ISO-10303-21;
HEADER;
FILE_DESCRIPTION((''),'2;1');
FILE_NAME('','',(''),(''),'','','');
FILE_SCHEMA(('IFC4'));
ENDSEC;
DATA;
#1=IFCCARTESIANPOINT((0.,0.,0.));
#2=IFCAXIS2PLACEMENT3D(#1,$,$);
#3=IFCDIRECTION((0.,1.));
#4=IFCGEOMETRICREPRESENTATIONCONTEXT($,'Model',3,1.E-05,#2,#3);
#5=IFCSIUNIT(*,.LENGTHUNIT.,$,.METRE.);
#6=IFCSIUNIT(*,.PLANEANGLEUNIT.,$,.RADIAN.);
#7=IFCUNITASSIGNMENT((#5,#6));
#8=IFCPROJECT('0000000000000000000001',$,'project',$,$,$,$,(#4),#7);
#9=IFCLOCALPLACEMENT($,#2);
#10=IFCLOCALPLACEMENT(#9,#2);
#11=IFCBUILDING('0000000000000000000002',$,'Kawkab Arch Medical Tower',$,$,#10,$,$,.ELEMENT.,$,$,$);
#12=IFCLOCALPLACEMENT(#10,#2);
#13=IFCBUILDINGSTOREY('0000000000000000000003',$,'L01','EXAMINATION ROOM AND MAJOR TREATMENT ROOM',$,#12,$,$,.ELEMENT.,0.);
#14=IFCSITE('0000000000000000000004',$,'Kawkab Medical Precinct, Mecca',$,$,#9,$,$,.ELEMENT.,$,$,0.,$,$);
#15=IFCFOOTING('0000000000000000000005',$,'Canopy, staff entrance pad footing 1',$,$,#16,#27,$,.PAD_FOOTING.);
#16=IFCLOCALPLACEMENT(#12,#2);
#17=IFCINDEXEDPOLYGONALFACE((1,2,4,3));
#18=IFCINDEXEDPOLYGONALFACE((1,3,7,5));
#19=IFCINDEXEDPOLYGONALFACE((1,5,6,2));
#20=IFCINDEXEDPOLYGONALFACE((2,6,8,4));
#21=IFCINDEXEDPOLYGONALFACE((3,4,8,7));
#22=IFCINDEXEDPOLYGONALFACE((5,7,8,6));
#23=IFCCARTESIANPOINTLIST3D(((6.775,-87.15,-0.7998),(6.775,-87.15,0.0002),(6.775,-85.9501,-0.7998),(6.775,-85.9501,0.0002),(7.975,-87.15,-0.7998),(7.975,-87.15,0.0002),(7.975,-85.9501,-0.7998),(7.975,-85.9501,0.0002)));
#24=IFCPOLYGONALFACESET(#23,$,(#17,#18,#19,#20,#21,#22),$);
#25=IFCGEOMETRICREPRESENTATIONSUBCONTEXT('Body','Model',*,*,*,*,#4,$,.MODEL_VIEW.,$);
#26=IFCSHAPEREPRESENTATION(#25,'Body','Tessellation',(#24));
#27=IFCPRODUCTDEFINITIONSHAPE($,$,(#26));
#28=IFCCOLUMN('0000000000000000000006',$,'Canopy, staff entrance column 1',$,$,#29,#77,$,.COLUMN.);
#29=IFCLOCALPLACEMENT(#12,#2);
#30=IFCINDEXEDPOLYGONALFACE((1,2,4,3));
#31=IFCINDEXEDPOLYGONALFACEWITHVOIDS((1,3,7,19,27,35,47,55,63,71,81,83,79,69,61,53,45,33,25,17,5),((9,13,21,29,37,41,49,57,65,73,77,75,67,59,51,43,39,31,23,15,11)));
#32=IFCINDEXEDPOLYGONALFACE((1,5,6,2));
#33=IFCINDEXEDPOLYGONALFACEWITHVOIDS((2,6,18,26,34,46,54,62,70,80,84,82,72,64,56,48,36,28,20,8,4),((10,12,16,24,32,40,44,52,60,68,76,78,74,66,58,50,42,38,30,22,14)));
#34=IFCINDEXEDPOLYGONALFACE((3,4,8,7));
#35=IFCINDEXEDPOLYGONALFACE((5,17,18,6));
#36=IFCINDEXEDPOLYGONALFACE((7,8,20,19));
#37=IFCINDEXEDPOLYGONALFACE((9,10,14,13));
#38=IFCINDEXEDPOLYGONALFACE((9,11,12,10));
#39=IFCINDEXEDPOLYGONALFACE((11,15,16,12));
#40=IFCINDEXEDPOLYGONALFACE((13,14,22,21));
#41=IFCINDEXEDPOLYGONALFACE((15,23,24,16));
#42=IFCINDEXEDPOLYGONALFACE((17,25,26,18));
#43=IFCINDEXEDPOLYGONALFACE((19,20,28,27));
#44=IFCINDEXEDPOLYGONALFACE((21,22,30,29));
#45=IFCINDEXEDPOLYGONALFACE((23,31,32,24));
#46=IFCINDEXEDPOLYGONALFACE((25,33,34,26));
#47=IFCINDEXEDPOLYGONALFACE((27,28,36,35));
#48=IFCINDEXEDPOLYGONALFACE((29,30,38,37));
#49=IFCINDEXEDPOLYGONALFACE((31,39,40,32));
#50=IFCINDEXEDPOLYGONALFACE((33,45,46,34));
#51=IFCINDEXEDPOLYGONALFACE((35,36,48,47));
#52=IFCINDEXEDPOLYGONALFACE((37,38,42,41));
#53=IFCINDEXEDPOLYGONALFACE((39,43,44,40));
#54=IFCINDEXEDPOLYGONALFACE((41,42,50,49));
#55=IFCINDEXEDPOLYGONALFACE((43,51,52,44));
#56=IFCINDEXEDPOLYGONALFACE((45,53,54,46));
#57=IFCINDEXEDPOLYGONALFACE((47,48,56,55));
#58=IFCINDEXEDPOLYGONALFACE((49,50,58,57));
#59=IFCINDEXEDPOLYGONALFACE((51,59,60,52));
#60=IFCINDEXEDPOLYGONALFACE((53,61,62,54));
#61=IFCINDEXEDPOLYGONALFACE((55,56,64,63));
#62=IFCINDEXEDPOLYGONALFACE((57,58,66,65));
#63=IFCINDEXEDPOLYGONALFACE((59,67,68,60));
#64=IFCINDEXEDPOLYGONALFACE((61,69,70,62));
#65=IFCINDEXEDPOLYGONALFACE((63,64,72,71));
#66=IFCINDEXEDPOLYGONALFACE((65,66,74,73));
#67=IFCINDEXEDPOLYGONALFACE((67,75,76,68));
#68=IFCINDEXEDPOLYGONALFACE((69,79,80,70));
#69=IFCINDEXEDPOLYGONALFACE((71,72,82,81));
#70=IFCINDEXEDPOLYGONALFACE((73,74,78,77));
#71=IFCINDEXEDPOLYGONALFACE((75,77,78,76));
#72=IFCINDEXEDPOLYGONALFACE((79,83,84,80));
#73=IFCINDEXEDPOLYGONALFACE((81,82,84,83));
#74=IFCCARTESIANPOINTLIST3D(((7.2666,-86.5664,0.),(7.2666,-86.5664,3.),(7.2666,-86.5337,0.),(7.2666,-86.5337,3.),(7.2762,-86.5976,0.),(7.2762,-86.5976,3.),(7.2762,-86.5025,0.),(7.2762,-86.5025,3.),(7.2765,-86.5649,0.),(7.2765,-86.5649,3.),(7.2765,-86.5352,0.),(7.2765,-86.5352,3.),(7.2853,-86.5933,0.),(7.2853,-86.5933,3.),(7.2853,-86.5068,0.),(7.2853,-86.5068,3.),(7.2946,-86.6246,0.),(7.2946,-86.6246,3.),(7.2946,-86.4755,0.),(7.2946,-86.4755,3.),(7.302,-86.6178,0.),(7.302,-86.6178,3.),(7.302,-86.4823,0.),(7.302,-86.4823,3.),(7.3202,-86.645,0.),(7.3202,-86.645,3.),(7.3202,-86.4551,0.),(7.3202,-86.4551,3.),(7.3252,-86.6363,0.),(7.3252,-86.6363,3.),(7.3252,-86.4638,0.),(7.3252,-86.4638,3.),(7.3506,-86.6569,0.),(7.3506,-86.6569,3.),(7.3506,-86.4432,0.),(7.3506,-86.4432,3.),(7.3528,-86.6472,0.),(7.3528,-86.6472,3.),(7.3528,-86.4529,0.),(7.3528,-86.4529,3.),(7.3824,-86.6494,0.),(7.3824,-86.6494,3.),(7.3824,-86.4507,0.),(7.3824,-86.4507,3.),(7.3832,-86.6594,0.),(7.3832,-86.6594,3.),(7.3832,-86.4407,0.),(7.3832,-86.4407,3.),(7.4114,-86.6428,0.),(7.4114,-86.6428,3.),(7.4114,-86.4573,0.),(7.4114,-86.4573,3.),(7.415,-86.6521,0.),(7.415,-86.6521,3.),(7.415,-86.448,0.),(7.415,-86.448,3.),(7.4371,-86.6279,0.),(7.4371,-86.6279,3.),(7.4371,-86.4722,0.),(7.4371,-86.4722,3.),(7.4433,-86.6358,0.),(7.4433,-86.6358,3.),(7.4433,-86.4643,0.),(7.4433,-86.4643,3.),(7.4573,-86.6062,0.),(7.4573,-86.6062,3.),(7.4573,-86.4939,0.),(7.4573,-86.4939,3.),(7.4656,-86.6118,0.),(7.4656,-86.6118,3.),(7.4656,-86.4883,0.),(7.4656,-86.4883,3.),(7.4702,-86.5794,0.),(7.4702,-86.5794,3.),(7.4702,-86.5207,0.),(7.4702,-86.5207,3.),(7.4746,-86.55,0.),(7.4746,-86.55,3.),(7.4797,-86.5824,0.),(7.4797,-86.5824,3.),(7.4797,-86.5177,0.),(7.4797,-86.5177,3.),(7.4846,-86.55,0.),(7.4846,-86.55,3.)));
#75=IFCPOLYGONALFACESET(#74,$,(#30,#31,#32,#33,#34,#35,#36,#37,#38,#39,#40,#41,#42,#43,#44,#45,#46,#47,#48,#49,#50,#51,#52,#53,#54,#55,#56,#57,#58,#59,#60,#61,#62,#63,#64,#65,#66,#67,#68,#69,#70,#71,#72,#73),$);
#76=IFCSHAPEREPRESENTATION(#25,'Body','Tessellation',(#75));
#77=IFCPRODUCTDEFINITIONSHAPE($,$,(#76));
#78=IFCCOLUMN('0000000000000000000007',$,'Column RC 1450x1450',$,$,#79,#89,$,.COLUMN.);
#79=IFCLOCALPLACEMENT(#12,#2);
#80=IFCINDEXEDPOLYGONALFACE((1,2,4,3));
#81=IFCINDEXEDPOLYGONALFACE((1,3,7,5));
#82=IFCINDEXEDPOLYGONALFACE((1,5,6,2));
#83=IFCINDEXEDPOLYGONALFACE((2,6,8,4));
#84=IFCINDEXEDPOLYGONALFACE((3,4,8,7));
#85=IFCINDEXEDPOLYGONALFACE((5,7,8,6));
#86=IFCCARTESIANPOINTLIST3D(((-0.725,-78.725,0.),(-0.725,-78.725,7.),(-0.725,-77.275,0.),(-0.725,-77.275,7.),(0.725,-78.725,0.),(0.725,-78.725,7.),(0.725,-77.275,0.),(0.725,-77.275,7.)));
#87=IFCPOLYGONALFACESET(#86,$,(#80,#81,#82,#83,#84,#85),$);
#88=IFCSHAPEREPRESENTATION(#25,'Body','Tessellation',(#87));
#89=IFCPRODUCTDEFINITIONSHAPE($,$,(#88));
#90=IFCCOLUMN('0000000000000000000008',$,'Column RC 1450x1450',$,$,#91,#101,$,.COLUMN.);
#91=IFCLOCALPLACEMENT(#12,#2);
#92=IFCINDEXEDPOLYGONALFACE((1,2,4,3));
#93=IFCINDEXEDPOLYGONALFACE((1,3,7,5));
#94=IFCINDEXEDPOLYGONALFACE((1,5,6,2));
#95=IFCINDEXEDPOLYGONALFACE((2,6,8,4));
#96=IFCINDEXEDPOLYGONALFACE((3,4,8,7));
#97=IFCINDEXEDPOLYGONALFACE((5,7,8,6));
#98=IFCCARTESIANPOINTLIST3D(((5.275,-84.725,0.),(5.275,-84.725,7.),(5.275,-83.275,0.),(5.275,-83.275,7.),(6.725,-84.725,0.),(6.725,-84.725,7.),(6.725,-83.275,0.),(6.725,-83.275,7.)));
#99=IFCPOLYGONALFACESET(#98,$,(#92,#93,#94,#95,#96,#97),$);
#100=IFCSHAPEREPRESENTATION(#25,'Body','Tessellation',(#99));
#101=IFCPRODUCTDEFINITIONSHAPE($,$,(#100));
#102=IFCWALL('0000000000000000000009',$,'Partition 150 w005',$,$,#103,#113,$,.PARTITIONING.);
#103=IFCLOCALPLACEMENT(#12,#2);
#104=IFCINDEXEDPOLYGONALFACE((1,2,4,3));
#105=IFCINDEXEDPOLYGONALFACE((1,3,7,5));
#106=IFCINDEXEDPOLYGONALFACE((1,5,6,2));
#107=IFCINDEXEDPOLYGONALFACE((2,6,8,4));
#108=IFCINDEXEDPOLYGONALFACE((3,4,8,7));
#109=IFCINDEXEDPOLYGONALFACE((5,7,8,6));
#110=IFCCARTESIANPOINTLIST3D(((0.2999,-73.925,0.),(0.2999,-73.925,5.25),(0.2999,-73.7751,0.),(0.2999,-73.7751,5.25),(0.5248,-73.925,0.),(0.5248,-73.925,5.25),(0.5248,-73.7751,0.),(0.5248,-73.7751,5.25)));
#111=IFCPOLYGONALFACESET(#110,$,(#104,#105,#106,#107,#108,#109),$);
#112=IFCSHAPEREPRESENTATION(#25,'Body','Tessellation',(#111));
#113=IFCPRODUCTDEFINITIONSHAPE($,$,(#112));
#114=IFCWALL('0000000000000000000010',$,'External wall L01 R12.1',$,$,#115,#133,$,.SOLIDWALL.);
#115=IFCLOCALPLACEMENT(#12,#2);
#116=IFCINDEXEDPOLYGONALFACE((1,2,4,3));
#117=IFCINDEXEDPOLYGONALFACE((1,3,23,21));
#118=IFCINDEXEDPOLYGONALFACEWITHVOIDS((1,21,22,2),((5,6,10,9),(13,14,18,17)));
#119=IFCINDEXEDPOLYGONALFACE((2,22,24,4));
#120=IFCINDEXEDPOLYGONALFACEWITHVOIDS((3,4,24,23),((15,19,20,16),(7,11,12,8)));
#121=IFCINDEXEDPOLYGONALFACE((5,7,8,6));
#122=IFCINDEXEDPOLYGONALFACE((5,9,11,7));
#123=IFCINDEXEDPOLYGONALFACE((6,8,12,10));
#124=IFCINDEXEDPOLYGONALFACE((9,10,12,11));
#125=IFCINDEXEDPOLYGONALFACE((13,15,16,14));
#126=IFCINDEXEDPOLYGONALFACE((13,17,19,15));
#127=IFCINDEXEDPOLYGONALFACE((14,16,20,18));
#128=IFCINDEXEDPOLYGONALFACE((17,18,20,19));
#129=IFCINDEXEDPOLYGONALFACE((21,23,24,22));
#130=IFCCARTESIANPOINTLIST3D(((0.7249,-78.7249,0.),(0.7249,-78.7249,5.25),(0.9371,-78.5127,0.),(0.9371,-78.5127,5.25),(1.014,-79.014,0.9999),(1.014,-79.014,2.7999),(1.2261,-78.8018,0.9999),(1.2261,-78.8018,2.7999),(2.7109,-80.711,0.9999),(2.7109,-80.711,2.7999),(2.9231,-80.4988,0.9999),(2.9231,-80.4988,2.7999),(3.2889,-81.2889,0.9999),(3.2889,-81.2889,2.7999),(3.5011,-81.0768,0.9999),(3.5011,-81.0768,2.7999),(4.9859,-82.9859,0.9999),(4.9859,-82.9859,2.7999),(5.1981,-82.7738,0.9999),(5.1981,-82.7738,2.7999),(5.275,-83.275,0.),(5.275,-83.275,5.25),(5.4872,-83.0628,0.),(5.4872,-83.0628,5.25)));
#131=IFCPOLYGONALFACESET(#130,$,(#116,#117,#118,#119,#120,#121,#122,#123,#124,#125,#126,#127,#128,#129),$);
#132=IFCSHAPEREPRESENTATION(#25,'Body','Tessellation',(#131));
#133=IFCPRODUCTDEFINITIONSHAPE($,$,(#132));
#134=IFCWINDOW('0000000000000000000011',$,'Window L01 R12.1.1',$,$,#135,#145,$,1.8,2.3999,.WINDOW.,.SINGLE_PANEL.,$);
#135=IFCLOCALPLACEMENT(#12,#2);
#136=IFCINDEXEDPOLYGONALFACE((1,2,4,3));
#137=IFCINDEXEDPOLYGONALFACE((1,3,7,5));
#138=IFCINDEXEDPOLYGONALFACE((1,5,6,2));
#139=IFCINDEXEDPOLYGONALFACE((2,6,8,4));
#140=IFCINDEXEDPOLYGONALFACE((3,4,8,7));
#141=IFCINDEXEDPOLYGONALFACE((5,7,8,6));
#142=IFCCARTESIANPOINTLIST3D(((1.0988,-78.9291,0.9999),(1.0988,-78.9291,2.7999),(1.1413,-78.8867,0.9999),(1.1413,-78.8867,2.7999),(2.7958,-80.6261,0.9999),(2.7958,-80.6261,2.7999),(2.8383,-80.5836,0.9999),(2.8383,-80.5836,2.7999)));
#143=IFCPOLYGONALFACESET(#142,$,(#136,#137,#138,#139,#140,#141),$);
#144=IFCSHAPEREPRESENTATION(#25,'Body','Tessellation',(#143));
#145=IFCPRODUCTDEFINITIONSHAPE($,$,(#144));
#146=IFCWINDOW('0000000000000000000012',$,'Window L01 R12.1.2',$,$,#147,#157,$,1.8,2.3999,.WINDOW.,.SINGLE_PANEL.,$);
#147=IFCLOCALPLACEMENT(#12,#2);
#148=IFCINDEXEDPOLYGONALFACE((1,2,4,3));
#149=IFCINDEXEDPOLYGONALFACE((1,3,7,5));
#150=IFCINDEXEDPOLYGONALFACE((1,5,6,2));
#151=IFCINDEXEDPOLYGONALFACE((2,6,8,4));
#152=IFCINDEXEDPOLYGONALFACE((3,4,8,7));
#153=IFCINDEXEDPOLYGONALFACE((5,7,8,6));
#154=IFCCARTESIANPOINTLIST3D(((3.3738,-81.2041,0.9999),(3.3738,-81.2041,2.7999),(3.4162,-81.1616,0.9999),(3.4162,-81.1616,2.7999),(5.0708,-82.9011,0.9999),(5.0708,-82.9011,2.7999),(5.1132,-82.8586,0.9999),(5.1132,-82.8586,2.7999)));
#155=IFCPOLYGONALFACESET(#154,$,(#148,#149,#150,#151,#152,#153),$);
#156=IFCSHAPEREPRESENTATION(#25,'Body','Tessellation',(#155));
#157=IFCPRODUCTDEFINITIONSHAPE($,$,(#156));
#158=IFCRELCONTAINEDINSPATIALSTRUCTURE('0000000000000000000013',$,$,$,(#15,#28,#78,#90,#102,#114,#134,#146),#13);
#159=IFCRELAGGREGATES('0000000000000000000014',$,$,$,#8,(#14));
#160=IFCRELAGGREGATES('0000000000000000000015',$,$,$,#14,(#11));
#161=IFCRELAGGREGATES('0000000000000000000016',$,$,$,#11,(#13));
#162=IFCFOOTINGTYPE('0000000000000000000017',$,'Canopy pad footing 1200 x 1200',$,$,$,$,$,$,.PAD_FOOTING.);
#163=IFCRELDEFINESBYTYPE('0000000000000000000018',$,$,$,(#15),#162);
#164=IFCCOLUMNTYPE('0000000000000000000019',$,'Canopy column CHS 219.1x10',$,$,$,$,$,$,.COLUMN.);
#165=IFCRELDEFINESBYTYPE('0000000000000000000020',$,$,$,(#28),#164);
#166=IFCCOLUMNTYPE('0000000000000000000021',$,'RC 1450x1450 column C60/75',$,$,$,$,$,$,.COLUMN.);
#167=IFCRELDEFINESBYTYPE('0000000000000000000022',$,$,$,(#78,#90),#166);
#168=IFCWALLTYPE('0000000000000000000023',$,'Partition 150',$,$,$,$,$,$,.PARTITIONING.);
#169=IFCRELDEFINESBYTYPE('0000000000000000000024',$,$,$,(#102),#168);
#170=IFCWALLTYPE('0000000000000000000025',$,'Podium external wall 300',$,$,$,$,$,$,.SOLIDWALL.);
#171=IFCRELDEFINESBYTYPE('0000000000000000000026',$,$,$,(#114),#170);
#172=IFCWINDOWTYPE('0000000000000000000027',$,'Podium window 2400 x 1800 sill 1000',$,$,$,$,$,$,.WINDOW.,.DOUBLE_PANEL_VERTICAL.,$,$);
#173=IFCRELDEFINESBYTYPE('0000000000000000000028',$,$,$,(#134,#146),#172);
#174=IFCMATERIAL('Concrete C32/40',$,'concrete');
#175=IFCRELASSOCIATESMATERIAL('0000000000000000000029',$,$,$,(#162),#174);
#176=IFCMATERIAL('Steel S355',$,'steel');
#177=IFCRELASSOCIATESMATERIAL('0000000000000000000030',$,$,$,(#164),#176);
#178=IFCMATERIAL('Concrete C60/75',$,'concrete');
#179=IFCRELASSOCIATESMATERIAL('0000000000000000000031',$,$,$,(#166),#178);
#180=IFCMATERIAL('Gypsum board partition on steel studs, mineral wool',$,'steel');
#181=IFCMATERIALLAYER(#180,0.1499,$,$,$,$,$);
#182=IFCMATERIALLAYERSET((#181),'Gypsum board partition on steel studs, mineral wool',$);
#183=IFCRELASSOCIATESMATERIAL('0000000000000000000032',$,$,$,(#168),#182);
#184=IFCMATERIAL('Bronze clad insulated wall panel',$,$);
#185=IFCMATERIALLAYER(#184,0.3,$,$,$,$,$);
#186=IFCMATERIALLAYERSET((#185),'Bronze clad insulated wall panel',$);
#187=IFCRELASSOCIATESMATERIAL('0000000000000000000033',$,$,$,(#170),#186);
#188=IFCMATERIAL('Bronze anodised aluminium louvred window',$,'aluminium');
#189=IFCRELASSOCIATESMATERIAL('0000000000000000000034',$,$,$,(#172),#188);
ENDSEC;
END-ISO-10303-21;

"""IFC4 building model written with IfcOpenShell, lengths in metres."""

from ifc_helpers import new_model, si_unit, direction, frame, frame_2d, origin, origin_2d, place, context, subcontext, project, spatial, rectangle, hollow_circle, extrude, material, layer, layer_set, material_profile, profile_set, type_object, element, fill, save


model = new_model("IFC4")

# Units and contexts
model_context = context("Model", 3, precision=1e-05, world=origin(), true_north=direction((0.0, 1.0)))
body_context = subcontext(model_context, "Body", "Model", "MODEL_VIEW")
ifc_project = project(units=[si_unit("LENGTHUNIT", "METRE"), si_unit("PLANEANGLEUNIT", "RADIAN")], contexts=[model_context])

# Site, building, storey
site_placement = place(None, origin())
site = spatial("IfcSite", under=ifc_project, at=site_placement, Name="Kawkab Medical Precinct, Mecca", CompositionType="ELEMENT", RefElevation=0.0)
building_placement = place(site_placement, origin())
building = spatial("IfcBuilding", under=site, at=building_placement, Name="Kawkab Arch Medical Tower", CompositionType="ELEMENT")
storey_placement = place(building_placement, origin())
storey = spatial("IfcBuildingStorey", under=building, at=storey_placement, Name="L01", Description="EXAMINATION ROOM AND MAJOR TREATMENT ROOM", CompositionType="ELEMENT", Elevation=0.0)

# Footing
ifc_material_1 = material(Name="Concrete C32/40", Category="concrete")
footing_type = type_object("IfcFootingType", Name="Canopy pad footing 1200 x 1200", PredefinedType="PAD_FOOTING", material=ifc_material_1)
footing_placement = place(storey_placement, frame((7.375, -86.55, -0.7998), z_axis=(0.0, 0.0, 1.0), x_axis=(1.0, 0.0, 0.0)))
element("IfcFooting", 1, at=footing_placement, inside=storey, type_object=footing_type, Name="Canopy, staff entrance pad footing 1", PredefinedType="PAD_FOOTING", context=body_context, shape_type="SweptSolid", body=[
    extrude(rectangle(XDim=1.2, YDim=1.2, at=origin_2d()), origin(), (0.0, 0.0, 1.0), 0.8),
])

# Columns
ifc_material_2 = material(Name="Steel S355", Category="steel")
ifc_material_profile_1 = material_profile(ifc_material_2, hollow_circle(Radius=0.1096, WallThickness=0.01, at=origin_2d()), Name="CHS 219.1x10")
ifc_profile_set_1 = profile_set([ifc_material_profile_1], Name="Steel S355")
column_type_1 = type_object("IfcColumnType", Name="Canopy column CHS 219.1x10", PredefinedType="COLUMN", material=ifc_profile_set_1)
column_placement = place(storey_placement, frame((7.375, -86.55, 0.0), z_axis=(0.0, 0.0, 1.0), x_axis=(1.0, 0.0, 0.0)))
element("IfcColumn", 2, at=column_placement, inside=storey, type_object=column_type_1, Name="Canopy, staff entrance column 1", PredefinedType="COLUMN", context=body_context, shape_type="SweptSolid", body=[
    extrude(hollow_circle(Radius=0.1096, WallThickness=0.01, at=origin_2d()), origin(), (0.0, 0.0, 1.0), 3.0),
])
ifc_material_3 = material(Name="Concrete C60/75", Category="concrete")
ifc_material_profile_2 = material_profile(ifc_material_3, rectangle(XDim=1.45, YDim=1.45, at=origin_2d()), Name="RC 1450x1450")
ifc_profile_set_2 = profile_set([ifc_material_profile_2], Name="Concrete C60/75")
column_type_2 = type_object("IfcColumnType", Name="RC 1450x1450 column C60/75", PredefinedType="COLUMN", material=ifc_profile_set_2)
for number, where, z_axis, x_axis, name in (
    (3, (0.0, -78.0, 0.0), (0.0, 0.0, 1.0), (1.0, 0.0, 0.0), "Column RC 1450x1450"),
    (4, (6.0, -84.0, 0.0), (0.0, 0.0, 1.0), (1.0, 0.0, 0.0), "Column RC 1450x1450"),
):
    element("IfcColumn", number, at=place(storey_placement, frame(where, z_axis=z_axis, x_axis=x_axis)), inside=storey, type_object=column_type_2, Name=name, PredefinedType="COLUMN", context=body_context, shape_type="SweptSolid", body=[
        extrude(rectangle(XDim=1.45, YDim=1.45, at=origin_2d()), origin(), (0.0, 0.0, 1.0), 7.0),
    ])

# Wall
ifc_material_4 = material(Name="Gypsum board partition on steel studs, mineral wool", Category="steel")
ifc_layer_1 = layer(ifc_material_4, 0.1499)
ifc_layer_set_1 = layer_set([ifc_layer_1], Name="Gypsum board partition on steel studs, mineral wool")
wall_type_1 = type_object("IfcWallType", Name="Partition 150", PredefinedType="PARTITIONING", material=ifc_layer_set_1)
wall_1_placement = place(storey_placement, frame((0.3, -73.8501, 0.0), z_axis=(0.0, 0.0, 1.0), x_axis=(1.0, 0.0, 0.0)))
element("IfcWall", 5, at=wall_1_placement, inside=storey, type_object=wall_type_1, Name="Partition 150 w005", PredefinedType="PARTITIONING", context=body_context, shape_type="SweptSolid", body=[
    extrude(rectangle(XDim=0.2249, YDim=0.1499, at=frame_2d((0.1123, 0.0))), origin(), (0.0, 0.0, 1.0), 5.25),
])

# Wall, openings, windows
ifc_material_5 = material(Name="Bronze clad insulated wall panel")
ifc_layer_2 = layer(ifc_material_5, 0.3)
ifc_layer_set_2 = layer_set([ifc_layer_2], Name="Bronze clad insulated wall panel")
wall_type_2 = type_object("IfcWallType", Name="Podium external wall 300", PredefinedType="SOLIDWALL", material=ifc_layer_set_2)
wall_2_placement = place(storey_placement, frame((0.8311, -78.6189, 0.0), z_axis=(0.0, 0.0, 1.0), x_axis=(0.707107, -0.707107, 0.0)))
wall_2 = element("IfcWall", 6, at=wall_2_placement, inside=storey, type_object=wall_type_2, Name="External wall L01 R12.1", PredefinedType="SOLIDWALL", context=body_context, shape_type="SweptSolid", body=[
    extrude(rectangle(XDim=6.4348, YDim=0.3, at=frame_2d((3.2173, 0.0))), origin(), (0.0, 0.0, 1.0), 5.25),
])
opening_1_placement = place(wall_2_placement, frame((0.4087, 0.0, 1.0)))
opening_1 = element("IfcOpeningElement", 7, at=opening_1_placement, cuts=wall_2, PredefinedType="OPENING", context=body_context, shape_type="SweptSolid", body=[
    extrude(rectangle(XDim=2.3999, YDim=1.8, at=frame_2d((1.2, 0.8999))), frame((0.0, 0.1599, 0.0), z_axis=(0.0, -1.0, 0.0), x_axis=(1.0, 0.0, 0.0)), (0.0, 0.0, 1.0), 0.3201),
])
opening_2_placement = place(wall_2_placement, frame((3.626, 0.0, 1.0)))
opening_2 = element("IfcOpeningElement", 8, at=opening_2_placement, cuts=wall_2, PredefinedType="OPENING", context=body_context, shape_type="SweptSolid", body=[
    extrude(rectangle(XDim=2.3999, YDim=1.8, at=frame_2d((1.2, 0.8999))), frame((0.0, 0.1599, 0.0), z_axis=(0.0, -1.0, 0.0), x_axis=(1.0, 0.0, 0.0)), (0.0, 0.0, 1.0), 0.3201),
])
ifc_material_6 = material(Name="Bronze anodised aluminium louvred window", Category="aluminium")
window_type = type_object("IfcWindowType", Name="Podium window 2400 x 1800 sill 1000", PartitioningType="DOUBLE_PANEL_VERTICAL", PredefinedType="WINDOW", material=ifc_material_6)
window_1_placement = place(opening_1_placement, origin())
window_1 = element("IfcWindow", 9, at=window_1_placement, inside=storey, type_object=window_type, Name="Window L01 R12.1.1", OverallHeight=1.8, OverallWidth=2.3999, PartitioningType="SINGLE_PANEL", PredefinedType="WINDOW", context=body_context, shape_type="SweptSolid", body=[
    extrude(rectangle(XDim=2.3999, YDim=1.8, at=frame_2d((1.2, 0.8999))), frame((0.0, 0.03, 0.0), z_axis=(0.0, -1.0, 0.0), x_axis=(1.0, 0.0, 0.0)), (0.0, 0.0, 1.0), 0.0601),
])
fill(opening_1, window_1)
window_2_placement = place(opening_2_placement, origin())
window_2 = element("IfcWindow", 10, at=window_2_placement, inside=storey, type_object=window_type, Name="Window L01 R12.1.2", OverallHeight=1.8, OverallWidth=2.3999, PartitioningType="SINGLE_PANEL", PredefinedType="WINDOW", context=body_context, shape_type="SweptSolid", body=[
    extrude(rectangle(XDim=2.3999, YDim=1.8, at=frame_2d((1.2, 0.8999))), frame((0.0, 0.03, 0.0), z_axis=(0.0, -1.0, 0.0), x_axis=(1.0, 0.0, 0.0)), (0.0, 0.0, 1.0), 0.0601),
])
fill(opening_2, window_2)

save(model, "model.ifc")
